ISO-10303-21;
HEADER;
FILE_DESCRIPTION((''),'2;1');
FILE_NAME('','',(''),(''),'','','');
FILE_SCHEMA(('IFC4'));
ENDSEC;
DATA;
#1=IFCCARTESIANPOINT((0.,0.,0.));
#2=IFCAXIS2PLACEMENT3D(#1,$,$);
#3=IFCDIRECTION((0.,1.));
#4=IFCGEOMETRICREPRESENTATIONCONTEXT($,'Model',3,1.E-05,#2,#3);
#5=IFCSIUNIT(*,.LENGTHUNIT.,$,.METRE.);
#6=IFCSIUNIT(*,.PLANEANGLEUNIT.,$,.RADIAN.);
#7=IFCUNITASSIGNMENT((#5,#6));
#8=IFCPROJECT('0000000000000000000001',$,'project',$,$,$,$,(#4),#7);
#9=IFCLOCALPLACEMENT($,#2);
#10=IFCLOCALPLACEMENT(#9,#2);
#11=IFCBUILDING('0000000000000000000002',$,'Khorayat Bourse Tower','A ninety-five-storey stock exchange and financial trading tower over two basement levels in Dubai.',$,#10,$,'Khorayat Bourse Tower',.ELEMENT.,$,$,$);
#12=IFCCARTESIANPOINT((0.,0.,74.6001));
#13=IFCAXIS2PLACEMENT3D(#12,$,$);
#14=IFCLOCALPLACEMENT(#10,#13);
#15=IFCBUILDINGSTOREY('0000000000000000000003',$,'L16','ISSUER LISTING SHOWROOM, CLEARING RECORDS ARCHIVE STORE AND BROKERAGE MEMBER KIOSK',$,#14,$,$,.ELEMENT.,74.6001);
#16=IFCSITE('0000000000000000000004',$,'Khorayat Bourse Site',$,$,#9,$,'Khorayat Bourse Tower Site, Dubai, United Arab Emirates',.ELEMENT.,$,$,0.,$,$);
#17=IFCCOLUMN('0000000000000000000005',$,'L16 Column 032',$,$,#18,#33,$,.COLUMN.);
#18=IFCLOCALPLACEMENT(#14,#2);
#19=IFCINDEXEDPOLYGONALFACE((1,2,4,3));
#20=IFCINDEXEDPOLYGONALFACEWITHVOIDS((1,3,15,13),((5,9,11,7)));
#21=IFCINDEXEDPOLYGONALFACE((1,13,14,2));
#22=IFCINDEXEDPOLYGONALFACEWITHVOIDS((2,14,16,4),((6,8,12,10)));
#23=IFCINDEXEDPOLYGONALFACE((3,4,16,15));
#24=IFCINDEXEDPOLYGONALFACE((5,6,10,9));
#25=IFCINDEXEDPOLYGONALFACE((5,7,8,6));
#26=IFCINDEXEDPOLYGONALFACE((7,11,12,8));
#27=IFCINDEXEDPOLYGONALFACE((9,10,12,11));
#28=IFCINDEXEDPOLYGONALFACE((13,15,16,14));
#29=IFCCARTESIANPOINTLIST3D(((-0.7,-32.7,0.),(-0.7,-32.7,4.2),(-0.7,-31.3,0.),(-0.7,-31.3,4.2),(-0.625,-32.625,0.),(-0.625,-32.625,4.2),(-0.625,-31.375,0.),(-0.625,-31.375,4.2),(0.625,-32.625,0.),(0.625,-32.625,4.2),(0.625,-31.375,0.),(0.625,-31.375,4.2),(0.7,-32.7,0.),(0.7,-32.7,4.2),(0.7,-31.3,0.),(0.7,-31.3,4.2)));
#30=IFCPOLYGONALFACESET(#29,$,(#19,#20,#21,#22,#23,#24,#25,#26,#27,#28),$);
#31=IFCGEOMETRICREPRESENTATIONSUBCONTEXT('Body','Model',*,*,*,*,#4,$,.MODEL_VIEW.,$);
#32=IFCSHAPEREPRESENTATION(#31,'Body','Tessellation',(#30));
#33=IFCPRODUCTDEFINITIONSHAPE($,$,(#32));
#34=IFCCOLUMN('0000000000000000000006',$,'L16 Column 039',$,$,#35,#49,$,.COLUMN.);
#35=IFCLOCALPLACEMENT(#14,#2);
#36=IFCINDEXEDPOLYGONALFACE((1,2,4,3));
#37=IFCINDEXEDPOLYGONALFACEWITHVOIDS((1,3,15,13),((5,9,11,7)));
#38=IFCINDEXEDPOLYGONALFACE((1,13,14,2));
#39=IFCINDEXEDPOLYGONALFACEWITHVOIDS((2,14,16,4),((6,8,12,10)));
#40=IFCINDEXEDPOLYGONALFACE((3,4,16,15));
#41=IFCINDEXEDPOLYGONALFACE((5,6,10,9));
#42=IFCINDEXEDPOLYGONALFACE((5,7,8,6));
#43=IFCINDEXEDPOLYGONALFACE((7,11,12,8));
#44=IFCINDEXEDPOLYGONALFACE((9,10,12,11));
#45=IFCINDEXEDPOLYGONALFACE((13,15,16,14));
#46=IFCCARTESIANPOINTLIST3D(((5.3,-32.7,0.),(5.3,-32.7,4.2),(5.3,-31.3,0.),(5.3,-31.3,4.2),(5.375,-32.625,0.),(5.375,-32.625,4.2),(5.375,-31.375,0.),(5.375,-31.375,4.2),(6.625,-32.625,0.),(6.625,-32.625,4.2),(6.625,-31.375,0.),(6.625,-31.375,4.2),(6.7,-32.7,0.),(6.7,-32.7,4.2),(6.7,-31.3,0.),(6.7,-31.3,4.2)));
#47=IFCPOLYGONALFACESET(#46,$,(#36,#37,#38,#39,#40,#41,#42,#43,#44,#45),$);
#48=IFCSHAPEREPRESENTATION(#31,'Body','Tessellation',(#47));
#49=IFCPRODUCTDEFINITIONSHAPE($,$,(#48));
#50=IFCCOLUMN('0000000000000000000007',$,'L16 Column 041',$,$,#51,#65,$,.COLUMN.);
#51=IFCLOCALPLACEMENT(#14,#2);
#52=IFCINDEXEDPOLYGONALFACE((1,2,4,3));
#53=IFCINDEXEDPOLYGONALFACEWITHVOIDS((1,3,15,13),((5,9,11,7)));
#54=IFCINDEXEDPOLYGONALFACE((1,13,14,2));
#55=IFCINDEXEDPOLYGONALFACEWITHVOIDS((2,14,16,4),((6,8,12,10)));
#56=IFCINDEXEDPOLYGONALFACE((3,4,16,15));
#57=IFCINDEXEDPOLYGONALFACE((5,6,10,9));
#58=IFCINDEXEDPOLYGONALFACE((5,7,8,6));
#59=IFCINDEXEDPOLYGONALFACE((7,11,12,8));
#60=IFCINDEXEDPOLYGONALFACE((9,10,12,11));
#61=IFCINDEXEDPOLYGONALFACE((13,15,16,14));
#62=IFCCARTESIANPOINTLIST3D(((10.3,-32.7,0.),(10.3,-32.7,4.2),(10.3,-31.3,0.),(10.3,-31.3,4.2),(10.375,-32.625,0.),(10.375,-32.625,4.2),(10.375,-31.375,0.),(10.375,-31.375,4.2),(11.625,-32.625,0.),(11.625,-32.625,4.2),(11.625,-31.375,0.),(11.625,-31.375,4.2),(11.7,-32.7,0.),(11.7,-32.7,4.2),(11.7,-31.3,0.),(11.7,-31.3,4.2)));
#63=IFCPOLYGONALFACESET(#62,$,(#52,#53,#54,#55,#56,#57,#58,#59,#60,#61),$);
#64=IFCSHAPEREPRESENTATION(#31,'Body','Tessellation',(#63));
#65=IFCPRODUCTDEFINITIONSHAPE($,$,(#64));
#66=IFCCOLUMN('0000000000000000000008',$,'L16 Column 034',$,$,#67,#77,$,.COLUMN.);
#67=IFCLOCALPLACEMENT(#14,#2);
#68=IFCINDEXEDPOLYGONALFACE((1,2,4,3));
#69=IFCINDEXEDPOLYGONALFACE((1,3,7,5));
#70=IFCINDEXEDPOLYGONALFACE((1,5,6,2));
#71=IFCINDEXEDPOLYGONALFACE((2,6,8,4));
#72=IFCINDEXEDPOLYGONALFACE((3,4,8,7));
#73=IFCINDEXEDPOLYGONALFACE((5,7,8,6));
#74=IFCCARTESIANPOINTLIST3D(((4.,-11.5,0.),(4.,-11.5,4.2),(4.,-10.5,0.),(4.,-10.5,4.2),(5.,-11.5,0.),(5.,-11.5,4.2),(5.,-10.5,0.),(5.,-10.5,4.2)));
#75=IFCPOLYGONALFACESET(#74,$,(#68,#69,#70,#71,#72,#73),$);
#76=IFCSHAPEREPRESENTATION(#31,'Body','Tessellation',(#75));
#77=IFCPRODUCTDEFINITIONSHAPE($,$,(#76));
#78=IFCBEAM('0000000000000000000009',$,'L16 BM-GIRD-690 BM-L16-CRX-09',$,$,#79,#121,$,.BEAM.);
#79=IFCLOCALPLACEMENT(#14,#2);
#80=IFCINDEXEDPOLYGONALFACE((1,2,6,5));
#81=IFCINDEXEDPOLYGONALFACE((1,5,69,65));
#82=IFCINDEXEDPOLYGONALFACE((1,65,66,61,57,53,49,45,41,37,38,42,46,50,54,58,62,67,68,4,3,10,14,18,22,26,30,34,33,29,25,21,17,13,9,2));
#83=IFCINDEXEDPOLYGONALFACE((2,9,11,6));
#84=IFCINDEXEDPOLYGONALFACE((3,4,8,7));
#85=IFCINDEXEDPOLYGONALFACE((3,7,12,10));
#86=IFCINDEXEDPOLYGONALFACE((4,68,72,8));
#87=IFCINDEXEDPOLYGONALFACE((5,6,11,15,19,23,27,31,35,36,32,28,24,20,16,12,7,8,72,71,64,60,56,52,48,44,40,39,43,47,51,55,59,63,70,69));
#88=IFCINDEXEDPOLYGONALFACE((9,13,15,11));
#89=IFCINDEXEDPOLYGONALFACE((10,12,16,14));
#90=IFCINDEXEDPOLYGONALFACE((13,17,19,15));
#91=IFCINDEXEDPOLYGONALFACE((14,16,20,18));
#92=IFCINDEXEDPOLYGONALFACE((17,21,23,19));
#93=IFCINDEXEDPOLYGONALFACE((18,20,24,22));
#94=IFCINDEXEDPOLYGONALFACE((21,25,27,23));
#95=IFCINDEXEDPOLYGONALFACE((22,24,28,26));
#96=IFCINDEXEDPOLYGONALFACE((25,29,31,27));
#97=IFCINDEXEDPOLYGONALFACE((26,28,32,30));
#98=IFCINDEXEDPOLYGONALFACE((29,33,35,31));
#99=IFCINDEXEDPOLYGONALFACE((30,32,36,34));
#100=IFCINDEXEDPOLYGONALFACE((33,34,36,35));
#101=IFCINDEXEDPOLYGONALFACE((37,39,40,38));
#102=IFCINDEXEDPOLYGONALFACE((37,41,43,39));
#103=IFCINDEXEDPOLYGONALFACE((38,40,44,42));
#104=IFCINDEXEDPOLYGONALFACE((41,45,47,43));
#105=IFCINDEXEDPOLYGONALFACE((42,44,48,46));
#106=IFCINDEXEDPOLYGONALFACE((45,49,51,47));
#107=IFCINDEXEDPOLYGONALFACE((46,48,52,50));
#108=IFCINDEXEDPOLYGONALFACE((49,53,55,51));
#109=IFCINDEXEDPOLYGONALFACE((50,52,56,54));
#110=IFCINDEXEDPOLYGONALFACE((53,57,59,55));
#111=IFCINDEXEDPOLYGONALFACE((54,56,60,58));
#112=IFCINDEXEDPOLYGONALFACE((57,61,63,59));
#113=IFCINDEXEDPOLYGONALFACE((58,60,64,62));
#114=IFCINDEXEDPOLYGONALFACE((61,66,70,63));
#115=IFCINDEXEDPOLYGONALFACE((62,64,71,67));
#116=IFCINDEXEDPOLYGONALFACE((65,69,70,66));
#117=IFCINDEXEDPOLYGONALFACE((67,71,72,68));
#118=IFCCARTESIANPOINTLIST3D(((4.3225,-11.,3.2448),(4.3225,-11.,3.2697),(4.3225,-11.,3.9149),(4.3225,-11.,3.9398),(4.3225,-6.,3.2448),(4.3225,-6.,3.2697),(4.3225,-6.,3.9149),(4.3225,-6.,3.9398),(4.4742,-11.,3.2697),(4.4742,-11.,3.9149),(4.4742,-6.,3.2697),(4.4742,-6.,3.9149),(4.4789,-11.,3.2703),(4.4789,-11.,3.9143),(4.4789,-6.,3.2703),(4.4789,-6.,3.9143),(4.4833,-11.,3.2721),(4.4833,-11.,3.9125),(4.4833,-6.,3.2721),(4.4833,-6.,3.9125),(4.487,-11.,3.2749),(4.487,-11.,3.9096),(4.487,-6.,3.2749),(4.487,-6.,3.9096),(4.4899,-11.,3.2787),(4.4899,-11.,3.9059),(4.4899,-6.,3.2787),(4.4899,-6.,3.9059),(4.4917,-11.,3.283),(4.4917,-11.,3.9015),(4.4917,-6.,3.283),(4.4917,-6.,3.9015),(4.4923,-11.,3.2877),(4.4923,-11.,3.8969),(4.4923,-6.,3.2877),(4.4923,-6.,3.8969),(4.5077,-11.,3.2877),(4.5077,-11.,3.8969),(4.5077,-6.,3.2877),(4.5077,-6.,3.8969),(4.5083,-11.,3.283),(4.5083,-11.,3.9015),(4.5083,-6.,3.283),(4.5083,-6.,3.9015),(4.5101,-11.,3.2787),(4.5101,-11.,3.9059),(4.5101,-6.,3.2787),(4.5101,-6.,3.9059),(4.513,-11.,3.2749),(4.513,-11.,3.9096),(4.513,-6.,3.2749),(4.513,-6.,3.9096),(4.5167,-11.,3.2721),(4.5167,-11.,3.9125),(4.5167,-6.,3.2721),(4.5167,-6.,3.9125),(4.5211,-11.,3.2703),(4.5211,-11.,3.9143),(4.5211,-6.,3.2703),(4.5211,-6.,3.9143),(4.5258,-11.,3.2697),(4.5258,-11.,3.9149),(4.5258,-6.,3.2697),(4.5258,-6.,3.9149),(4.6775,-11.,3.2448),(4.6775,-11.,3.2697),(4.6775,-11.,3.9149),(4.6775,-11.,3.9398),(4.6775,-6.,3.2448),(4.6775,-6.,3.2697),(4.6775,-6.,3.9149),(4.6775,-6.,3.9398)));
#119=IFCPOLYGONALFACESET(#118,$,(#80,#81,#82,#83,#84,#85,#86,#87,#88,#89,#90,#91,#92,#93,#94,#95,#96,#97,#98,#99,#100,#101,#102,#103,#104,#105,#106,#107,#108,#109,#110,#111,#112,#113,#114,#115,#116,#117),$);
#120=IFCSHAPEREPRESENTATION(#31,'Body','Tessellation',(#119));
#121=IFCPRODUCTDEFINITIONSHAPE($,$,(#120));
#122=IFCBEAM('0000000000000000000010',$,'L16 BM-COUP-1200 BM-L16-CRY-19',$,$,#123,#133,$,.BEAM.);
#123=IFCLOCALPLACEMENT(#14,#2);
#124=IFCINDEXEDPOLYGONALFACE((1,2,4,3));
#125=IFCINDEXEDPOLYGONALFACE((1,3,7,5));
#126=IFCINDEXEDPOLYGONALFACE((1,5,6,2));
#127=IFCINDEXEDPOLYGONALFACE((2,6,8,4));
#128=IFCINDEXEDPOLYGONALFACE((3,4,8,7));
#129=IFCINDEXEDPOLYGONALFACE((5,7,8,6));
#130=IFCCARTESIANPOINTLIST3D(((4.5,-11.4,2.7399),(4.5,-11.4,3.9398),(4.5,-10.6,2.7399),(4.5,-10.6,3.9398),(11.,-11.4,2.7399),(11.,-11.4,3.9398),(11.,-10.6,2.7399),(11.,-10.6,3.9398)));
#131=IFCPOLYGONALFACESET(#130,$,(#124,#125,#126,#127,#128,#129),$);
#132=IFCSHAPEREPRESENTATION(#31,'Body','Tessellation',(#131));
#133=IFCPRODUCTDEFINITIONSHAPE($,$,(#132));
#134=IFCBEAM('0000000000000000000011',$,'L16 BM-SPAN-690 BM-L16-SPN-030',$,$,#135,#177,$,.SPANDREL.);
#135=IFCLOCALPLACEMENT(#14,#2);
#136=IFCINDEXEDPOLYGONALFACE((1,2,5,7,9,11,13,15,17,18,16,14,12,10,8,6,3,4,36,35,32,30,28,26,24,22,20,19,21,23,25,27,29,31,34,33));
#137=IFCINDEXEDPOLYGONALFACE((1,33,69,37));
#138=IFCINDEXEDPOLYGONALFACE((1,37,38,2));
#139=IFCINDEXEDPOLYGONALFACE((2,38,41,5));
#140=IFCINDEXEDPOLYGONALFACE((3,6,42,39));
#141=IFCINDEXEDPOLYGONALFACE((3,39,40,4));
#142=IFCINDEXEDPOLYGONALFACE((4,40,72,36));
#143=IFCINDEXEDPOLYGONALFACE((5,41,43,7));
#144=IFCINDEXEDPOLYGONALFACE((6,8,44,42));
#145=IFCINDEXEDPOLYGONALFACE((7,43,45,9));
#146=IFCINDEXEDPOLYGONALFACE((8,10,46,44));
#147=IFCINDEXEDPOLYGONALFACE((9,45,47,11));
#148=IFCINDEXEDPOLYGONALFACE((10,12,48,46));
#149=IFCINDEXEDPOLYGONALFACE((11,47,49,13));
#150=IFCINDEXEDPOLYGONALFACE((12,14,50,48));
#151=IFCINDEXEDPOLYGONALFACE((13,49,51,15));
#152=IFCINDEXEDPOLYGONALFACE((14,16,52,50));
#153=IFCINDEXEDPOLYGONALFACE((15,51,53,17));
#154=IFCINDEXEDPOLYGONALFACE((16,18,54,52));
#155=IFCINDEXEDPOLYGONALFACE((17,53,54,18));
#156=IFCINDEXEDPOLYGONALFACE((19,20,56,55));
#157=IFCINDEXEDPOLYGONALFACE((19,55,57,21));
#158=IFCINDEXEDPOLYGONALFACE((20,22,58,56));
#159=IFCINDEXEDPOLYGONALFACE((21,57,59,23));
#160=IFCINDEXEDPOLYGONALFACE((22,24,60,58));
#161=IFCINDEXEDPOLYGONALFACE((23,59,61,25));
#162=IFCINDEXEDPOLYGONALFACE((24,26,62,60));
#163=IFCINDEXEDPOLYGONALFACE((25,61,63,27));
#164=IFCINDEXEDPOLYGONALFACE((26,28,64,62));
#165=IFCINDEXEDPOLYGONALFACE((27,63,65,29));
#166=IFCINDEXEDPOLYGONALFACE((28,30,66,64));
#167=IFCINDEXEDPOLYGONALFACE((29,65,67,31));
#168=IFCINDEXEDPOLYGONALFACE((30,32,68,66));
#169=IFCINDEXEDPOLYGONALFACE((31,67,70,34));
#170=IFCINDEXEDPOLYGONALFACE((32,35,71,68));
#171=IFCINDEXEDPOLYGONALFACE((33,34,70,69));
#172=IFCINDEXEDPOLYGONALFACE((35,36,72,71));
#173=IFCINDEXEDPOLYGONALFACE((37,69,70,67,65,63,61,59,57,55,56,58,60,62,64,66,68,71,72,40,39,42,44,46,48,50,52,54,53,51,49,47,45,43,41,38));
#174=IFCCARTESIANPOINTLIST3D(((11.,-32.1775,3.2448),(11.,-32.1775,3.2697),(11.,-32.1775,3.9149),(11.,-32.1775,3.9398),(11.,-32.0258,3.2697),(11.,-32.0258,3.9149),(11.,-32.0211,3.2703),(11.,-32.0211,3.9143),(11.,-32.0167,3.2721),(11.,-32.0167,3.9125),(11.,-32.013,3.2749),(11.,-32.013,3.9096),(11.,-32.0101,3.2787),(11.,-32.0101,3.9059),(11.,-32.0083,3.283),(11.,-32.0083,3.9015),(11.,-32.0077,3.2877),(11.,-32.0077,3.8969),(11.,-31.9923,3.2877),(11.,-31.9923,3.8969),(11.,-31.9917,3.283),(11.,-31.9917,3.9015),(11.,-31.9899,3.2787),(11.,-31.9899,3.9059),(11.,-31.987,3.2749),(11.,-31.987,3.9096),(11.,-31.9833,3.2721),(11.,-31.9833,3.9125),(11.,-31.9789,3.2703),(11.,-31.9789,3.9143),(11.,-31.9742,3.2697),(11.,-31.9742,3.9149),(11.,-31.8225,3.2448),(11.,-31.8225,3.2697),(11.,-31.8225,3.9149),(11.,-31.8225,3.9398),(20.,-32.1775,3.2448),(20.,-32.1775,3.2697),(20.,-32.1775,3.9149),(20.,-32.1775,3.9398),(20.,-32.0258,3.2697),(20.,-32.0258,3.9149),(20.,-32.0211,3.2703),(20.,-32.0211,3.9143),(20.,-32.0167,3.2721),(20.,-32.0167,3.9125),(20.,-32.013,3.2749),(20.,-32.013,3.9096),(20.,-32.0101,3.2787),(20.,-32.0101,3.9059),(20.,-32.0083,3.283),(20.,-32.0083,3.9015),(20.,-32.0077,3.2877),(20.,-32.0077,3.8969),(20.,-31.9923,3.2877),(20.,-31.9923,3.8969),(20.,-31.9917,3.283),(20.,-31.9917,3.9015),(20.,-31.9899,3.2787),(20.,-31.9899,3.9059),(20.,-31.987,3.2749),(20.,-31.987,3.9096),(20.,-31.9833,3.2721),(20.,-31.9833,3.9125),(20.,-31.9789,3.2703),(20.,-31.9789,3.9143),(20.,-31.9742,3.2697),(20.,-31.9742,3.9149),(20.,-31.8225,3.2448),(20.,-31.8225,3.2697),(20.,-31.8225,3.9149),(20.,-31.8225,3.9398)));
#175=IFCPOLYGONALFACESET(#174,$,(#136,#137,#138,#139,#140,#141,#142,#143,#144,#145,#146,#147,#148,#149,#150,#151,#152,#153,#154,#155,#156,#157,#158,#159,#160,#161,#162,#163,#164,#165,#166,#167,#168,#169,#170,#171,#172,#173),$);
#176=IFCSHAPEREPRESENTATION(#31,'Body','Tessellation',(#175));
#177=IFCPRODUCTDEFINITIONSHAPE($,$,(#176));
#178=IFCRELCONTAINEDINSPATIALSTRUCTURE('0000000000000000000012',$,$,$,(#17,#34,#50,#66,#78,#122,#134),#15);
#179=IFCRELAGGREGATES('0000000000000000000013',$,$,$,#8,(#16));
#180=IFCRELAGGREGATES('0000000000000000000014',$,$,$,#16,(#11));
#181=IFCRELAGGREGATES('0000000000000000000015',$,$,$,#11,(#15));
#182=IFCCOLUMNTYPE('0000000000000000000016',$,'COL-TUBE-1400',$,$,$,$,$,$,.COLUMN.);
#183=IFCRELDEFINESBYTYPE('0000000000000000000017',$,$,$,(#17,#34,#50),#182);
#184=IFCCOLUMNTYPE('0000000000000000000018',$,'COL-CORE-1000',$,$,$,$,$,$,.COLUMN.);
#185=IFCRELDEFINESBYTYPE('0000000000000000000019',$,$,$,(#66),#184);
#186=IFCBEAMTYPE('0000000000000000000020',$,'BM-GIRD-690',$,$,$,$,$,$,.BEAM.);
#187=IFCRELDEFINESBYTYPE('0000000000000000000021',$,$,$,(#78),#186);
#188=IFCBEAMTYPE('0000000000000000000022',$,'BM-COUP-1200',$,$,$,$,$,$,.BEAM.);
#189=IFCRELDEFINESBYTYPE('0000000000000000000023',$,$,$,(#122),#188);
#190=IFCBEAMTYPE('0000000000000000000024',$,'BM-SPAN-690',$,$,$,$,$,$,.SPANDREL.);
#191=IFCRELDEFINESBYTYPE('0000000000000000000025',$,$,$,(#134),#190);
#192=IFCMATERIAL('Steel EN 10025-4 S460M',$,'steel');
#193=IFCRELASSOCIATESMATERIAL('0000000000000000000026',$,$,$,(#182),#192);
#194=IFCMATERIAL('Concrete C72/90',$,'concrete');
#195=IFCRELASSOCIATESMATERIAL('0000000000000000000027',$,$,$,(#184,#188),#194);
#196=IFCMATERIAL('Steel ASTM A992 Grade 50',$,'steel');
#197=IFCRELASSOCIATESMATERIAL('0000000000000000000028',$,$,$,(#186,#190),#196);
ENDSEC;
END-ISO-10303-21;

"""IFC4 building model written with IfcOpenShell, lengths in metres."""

from ifc_helpers import new_model, si_unit, direction, frame, origin, origin_2d, place, context, subcontext, project, spatial, rectangle, hollow_rectangle, i_section, extrude, source, transform, mapped, material, material_profile, profile_set, type_object, element, save


model = new_model("IFC4")

# Units and contexts
model_context = context("Model", 3, precision=1e-05, world=origin(), true_north=direction((0.0, 1.0)))
body_context = subcontext(model_context, "Body", "Model", "MODEL_VIEW")
ifc_project = project(units=[si_unit("LENGTHUNIT", "METRE"), si_unit("PLANEANGLEUNIT", "RADIAN")], contexts=[model_context])

# Site, building, storey
site_placement = place(None, origin())
site = spatial("IfcSite", under=ifc_project, at=site_placement, Name="Khorayat Bourse Site", LongName="Khorayat Bourse Tower Site, Dubai, United Arab Emirates", CompositionType="ELEMENT", RefElevation=0.0)
building_placement = place(site_placement, origin())
building = spatial("IfcBuilding", under=site, at=building_placement, Name="Khorayat Bourse Tower", Description="A ninety-five-storey stock exchange and financial trading tower over two basement levels in Dubai.", LongName="Khorayat Bourse Tower", CompositionType="ELEMENT")
storey_placement = place(building_placement, frame((0.0, 0.0, 74.6001)))
storey = spatial("IfcBuildingStorey", under=building, at=storey_placement, Name="L16", Description="ISSUER LISTING SHOWROOM, CLEARING RECORDS ARCHIVE STORE AND BROKERAGE MEMBER KIOSK", CompositionType="ELEMENT", Elevation=74.6001)

# Columns
ifc_material_1 = material(Name="Steel EN 10025-4 S460M", Category="steel")
ifc_material_profile_1 = material_profile(ifc_material_1, hollow_rectangle(XDim=1.3999, YDim=1.3999, WallThickness=0.075, at=origin_2d()), Name="BOX 1400x1400x75")
ifc_profile_set_1 = profile_set([ifc_material_profile_1], Name="Steel EN 10025-4 S460M")
column_type_1 = type_object("IfcColumnType", Name="COL-TUBE-1400", PredefinedType="COLUMN", material=ifc_profile_set_1)
shared_shape_1 = source(origin(), body_context, "Body", "SweptSolid", [
    extrude(hollow_rectangle(XDim=1.3999, YDim=1.3999, WallThickness=0.075, at=origin_2d()), origin(), (0.0, 0.0, 1.0), 4.2),
])
for number, where, z_axis, x_axis, name in (
    (1, (0.0, -32.0, 0.0), (0.0, 0.0, 1.0), (1.0, 0.0, 0.0), "L16 Column 032"),
    (2, (6.0, -32.0, 0.0), (0.0, 0.0, 1.0), (1.0, 0.0, 0.0), "L16 Column 039"),
    (3, (11.0, -32.0, 0.0), (0.0, 0.0, 1.0), (1.0, 0.0, 0.0), "L16 Column 041"),
):
    element("IfcColumn", number, at=place(storey_placement, frame(where, z_axis=z_axis, x_axis=x_axis)), inside=storey, type_object=column_type_1, Name=name, PredefinedType="COLUMN", context=body_context, shape_type="MappedRepresentation", body=[
        mapped(shared_shape_1, transform((0.0, 0.0, 0.0), scale=1.0)),
    ])
ifc_material_2 = material(Name="Concrete C72/90", Category="concrete")
ifc_material_profile_2 = material_profile(ifc_material_2, rectangle(XDim=1.0, YDim=1.0, at=origin_2d()), Name="RC 1000x1000")
ifc_profile_set_2 = profile_set([ifc_material_profile_2], Name="Concrete C72/90")
column_type_2 = type_object("IfcColumnType", Name="COL-CORE-1000", PredefinedType="COLUMN", material=ifc_profile_set_2)
shared_shape_2 = source(origin(), body_context, "Body", "SweptSolid", [
    extrude(rectangle(XDim=1.0, YDim=1.0, at=origin_2d()), origin(), (0.0, 0.0, 1.0), 4.2),
])
column_placement = place(storey_placement, frame((4.5, -11.0, 0.0), z_axis=(0.0, 0.0, 1.0), x_axis=(1.0, 0.0, 0.0)))
element("IfcColumn", 4, at=column_placement, inside=storey, type_object=column_type_2, Name="L16 Column 034", PredefinedType="COLUMN", context=body_context, shape_type="MappedRepresentation", body=[
    mapped(shared_shape_2, transform((0.0, 0.0, 0.0), scale=1.0)),
])

# Beams
ifc_material_3 = material(Name="Steel ASTM A992 Grade 50", Category="steel")
ifc_material_profile_3 = material_profile(ifc_material_3, i_section(OverallWidth=0.355, OverallDepth=0.6951, WebThickness=0.0154, FlangeThickness=0.0249, FilletRadius=0.0181, at=origin_2d()), Name="W690X217")
ifc_profile_set_3 = profile_set([ifc_material_profile_3], Name="Steel ASTM A992 Grade 50")
beam_type_1 = type_object("IfcBeamType", Name="BM-GIRD-690", PredefinedType="BEAM", material=ifc_profile_set_3)
shared_shape_3 = source(origin(), body_context, "Body", "SweptSolid", [
    extrude(i_section(OverallWidth=0.355, OverallDepth=0.6951, WebThickness=0.0154, FlangeThickness=0.0249, FilletRadius=0.0181, at=origin_2d()), origin(), (0.0, 0.0, 1.0), 5.0),
])
beam_1_placement = place(storey_placement, frame((4.5, -11.0, 3.5923), z_axis=(0.0, 1.0, 0.0), x_axis=(-1.0, 0.0, 0.0)))
element("IfcBeam", 5, at=beam_1_placement, inside=storey, type_object=beam_type_1, Name="L16 BM-GIRD-690 BM-L16-CRX-09", PredefinedType="BEAM", context=body_context, shape_type="MappedRepresentation", body=[
    mapped(shared_shape_3, transform((0.0, 0.0, 0.0), scale=1.0)),
])
ifc_material_profile_4 = material_profile(ifc_material_2, rectangle(XDim=0.8, YDim=1.2, at=origin_2d()), Name="RC 800x1200")
ifc_profile_set_4 = profile_set([ifc_material_profile_4], Name="Concrete C72/90")
beam_type_2 = type_object("IfcBeamType", Name="BM-COUP-1200", PredefinedType="BEAM", material=ifc_profile_set_4)
shared_shape_4 = source(origin(), body_context, "Body", "SweptSolid", [
    extrude(rectangle(XDim=0.8, YDim=1.2, at=origin_2d()), origin(), (0.0, 0.0, 1.0), 6.5),
])
beam_2_placement = place(storey_placement, frame((4.5, -11.0, 3.3398), z_axis=(1.0, 0.0, 0.0), x_axis=(0.0, 1.0, 0.0)))
element("IfcBeam", 6, at=beam_2_placement, inside=storey, type_object=beam_type_2, Name="L16 BM-COUP-1200 BM-L16-CRY-19", PredefinedType="BEAM", context=body_context, shape_type="MappedRepresentation", body=[
    mapped(shared_shape_4, transform((0.0, 0.0, 0.0), scale=1.0)),
])
ifc_material_profile_5 = material_profile(ifc_material_3, i_section(OverallWidth=0.355, OverallDepth=0.6951, WebThickness=0.0154, FlangeThickness=0.0249, FilletRadius=0.0181, at=origin_2d()), Name="W690X217")
ifc_profile_set_5 = profile_set([ifc_material_profile_5], Name="Steel ASTM A992 Grade 50")
beam_type_3 = type_object("IfcBeamType", Name="BM-SPAN-690", PredefinedType="SPANDREL", material=ifc_profile_set_5)
shared_shape_5 = source(origin(), body_context, "Body", "SweptSolid", [
    extrude(i_section(OverallWidth=0.355, OverallDepth=0.6951, WebThickness=0.0154, FlangeThickness=0.0249, FilletRadius=0.0181, at=origin_2d()), origin(), (0.0, 0.0, 1.0), 9.0),
])
beam_3_placement = place(storey_placement, frame((11.0, -32.0, 3.5923), z_axis=(1.0, 0.0, 0.0), x_axis=(0.0, 1.0, 0.0)))
element("IfcBeam", 7, at=beam_3_placement, inside=storey, type_object=beam_type_3, Name="L16 BM-SPAN-690 BM-L16-SPN-030", PredefinedType="SPANDREL", context=body_context, shape_type="MappedRepresentation", body=[
    mapped(shared_shape_5, transform((0.0, 0.0, 0.0), scale=1.0)),
])

save(model, "model.ifc")
